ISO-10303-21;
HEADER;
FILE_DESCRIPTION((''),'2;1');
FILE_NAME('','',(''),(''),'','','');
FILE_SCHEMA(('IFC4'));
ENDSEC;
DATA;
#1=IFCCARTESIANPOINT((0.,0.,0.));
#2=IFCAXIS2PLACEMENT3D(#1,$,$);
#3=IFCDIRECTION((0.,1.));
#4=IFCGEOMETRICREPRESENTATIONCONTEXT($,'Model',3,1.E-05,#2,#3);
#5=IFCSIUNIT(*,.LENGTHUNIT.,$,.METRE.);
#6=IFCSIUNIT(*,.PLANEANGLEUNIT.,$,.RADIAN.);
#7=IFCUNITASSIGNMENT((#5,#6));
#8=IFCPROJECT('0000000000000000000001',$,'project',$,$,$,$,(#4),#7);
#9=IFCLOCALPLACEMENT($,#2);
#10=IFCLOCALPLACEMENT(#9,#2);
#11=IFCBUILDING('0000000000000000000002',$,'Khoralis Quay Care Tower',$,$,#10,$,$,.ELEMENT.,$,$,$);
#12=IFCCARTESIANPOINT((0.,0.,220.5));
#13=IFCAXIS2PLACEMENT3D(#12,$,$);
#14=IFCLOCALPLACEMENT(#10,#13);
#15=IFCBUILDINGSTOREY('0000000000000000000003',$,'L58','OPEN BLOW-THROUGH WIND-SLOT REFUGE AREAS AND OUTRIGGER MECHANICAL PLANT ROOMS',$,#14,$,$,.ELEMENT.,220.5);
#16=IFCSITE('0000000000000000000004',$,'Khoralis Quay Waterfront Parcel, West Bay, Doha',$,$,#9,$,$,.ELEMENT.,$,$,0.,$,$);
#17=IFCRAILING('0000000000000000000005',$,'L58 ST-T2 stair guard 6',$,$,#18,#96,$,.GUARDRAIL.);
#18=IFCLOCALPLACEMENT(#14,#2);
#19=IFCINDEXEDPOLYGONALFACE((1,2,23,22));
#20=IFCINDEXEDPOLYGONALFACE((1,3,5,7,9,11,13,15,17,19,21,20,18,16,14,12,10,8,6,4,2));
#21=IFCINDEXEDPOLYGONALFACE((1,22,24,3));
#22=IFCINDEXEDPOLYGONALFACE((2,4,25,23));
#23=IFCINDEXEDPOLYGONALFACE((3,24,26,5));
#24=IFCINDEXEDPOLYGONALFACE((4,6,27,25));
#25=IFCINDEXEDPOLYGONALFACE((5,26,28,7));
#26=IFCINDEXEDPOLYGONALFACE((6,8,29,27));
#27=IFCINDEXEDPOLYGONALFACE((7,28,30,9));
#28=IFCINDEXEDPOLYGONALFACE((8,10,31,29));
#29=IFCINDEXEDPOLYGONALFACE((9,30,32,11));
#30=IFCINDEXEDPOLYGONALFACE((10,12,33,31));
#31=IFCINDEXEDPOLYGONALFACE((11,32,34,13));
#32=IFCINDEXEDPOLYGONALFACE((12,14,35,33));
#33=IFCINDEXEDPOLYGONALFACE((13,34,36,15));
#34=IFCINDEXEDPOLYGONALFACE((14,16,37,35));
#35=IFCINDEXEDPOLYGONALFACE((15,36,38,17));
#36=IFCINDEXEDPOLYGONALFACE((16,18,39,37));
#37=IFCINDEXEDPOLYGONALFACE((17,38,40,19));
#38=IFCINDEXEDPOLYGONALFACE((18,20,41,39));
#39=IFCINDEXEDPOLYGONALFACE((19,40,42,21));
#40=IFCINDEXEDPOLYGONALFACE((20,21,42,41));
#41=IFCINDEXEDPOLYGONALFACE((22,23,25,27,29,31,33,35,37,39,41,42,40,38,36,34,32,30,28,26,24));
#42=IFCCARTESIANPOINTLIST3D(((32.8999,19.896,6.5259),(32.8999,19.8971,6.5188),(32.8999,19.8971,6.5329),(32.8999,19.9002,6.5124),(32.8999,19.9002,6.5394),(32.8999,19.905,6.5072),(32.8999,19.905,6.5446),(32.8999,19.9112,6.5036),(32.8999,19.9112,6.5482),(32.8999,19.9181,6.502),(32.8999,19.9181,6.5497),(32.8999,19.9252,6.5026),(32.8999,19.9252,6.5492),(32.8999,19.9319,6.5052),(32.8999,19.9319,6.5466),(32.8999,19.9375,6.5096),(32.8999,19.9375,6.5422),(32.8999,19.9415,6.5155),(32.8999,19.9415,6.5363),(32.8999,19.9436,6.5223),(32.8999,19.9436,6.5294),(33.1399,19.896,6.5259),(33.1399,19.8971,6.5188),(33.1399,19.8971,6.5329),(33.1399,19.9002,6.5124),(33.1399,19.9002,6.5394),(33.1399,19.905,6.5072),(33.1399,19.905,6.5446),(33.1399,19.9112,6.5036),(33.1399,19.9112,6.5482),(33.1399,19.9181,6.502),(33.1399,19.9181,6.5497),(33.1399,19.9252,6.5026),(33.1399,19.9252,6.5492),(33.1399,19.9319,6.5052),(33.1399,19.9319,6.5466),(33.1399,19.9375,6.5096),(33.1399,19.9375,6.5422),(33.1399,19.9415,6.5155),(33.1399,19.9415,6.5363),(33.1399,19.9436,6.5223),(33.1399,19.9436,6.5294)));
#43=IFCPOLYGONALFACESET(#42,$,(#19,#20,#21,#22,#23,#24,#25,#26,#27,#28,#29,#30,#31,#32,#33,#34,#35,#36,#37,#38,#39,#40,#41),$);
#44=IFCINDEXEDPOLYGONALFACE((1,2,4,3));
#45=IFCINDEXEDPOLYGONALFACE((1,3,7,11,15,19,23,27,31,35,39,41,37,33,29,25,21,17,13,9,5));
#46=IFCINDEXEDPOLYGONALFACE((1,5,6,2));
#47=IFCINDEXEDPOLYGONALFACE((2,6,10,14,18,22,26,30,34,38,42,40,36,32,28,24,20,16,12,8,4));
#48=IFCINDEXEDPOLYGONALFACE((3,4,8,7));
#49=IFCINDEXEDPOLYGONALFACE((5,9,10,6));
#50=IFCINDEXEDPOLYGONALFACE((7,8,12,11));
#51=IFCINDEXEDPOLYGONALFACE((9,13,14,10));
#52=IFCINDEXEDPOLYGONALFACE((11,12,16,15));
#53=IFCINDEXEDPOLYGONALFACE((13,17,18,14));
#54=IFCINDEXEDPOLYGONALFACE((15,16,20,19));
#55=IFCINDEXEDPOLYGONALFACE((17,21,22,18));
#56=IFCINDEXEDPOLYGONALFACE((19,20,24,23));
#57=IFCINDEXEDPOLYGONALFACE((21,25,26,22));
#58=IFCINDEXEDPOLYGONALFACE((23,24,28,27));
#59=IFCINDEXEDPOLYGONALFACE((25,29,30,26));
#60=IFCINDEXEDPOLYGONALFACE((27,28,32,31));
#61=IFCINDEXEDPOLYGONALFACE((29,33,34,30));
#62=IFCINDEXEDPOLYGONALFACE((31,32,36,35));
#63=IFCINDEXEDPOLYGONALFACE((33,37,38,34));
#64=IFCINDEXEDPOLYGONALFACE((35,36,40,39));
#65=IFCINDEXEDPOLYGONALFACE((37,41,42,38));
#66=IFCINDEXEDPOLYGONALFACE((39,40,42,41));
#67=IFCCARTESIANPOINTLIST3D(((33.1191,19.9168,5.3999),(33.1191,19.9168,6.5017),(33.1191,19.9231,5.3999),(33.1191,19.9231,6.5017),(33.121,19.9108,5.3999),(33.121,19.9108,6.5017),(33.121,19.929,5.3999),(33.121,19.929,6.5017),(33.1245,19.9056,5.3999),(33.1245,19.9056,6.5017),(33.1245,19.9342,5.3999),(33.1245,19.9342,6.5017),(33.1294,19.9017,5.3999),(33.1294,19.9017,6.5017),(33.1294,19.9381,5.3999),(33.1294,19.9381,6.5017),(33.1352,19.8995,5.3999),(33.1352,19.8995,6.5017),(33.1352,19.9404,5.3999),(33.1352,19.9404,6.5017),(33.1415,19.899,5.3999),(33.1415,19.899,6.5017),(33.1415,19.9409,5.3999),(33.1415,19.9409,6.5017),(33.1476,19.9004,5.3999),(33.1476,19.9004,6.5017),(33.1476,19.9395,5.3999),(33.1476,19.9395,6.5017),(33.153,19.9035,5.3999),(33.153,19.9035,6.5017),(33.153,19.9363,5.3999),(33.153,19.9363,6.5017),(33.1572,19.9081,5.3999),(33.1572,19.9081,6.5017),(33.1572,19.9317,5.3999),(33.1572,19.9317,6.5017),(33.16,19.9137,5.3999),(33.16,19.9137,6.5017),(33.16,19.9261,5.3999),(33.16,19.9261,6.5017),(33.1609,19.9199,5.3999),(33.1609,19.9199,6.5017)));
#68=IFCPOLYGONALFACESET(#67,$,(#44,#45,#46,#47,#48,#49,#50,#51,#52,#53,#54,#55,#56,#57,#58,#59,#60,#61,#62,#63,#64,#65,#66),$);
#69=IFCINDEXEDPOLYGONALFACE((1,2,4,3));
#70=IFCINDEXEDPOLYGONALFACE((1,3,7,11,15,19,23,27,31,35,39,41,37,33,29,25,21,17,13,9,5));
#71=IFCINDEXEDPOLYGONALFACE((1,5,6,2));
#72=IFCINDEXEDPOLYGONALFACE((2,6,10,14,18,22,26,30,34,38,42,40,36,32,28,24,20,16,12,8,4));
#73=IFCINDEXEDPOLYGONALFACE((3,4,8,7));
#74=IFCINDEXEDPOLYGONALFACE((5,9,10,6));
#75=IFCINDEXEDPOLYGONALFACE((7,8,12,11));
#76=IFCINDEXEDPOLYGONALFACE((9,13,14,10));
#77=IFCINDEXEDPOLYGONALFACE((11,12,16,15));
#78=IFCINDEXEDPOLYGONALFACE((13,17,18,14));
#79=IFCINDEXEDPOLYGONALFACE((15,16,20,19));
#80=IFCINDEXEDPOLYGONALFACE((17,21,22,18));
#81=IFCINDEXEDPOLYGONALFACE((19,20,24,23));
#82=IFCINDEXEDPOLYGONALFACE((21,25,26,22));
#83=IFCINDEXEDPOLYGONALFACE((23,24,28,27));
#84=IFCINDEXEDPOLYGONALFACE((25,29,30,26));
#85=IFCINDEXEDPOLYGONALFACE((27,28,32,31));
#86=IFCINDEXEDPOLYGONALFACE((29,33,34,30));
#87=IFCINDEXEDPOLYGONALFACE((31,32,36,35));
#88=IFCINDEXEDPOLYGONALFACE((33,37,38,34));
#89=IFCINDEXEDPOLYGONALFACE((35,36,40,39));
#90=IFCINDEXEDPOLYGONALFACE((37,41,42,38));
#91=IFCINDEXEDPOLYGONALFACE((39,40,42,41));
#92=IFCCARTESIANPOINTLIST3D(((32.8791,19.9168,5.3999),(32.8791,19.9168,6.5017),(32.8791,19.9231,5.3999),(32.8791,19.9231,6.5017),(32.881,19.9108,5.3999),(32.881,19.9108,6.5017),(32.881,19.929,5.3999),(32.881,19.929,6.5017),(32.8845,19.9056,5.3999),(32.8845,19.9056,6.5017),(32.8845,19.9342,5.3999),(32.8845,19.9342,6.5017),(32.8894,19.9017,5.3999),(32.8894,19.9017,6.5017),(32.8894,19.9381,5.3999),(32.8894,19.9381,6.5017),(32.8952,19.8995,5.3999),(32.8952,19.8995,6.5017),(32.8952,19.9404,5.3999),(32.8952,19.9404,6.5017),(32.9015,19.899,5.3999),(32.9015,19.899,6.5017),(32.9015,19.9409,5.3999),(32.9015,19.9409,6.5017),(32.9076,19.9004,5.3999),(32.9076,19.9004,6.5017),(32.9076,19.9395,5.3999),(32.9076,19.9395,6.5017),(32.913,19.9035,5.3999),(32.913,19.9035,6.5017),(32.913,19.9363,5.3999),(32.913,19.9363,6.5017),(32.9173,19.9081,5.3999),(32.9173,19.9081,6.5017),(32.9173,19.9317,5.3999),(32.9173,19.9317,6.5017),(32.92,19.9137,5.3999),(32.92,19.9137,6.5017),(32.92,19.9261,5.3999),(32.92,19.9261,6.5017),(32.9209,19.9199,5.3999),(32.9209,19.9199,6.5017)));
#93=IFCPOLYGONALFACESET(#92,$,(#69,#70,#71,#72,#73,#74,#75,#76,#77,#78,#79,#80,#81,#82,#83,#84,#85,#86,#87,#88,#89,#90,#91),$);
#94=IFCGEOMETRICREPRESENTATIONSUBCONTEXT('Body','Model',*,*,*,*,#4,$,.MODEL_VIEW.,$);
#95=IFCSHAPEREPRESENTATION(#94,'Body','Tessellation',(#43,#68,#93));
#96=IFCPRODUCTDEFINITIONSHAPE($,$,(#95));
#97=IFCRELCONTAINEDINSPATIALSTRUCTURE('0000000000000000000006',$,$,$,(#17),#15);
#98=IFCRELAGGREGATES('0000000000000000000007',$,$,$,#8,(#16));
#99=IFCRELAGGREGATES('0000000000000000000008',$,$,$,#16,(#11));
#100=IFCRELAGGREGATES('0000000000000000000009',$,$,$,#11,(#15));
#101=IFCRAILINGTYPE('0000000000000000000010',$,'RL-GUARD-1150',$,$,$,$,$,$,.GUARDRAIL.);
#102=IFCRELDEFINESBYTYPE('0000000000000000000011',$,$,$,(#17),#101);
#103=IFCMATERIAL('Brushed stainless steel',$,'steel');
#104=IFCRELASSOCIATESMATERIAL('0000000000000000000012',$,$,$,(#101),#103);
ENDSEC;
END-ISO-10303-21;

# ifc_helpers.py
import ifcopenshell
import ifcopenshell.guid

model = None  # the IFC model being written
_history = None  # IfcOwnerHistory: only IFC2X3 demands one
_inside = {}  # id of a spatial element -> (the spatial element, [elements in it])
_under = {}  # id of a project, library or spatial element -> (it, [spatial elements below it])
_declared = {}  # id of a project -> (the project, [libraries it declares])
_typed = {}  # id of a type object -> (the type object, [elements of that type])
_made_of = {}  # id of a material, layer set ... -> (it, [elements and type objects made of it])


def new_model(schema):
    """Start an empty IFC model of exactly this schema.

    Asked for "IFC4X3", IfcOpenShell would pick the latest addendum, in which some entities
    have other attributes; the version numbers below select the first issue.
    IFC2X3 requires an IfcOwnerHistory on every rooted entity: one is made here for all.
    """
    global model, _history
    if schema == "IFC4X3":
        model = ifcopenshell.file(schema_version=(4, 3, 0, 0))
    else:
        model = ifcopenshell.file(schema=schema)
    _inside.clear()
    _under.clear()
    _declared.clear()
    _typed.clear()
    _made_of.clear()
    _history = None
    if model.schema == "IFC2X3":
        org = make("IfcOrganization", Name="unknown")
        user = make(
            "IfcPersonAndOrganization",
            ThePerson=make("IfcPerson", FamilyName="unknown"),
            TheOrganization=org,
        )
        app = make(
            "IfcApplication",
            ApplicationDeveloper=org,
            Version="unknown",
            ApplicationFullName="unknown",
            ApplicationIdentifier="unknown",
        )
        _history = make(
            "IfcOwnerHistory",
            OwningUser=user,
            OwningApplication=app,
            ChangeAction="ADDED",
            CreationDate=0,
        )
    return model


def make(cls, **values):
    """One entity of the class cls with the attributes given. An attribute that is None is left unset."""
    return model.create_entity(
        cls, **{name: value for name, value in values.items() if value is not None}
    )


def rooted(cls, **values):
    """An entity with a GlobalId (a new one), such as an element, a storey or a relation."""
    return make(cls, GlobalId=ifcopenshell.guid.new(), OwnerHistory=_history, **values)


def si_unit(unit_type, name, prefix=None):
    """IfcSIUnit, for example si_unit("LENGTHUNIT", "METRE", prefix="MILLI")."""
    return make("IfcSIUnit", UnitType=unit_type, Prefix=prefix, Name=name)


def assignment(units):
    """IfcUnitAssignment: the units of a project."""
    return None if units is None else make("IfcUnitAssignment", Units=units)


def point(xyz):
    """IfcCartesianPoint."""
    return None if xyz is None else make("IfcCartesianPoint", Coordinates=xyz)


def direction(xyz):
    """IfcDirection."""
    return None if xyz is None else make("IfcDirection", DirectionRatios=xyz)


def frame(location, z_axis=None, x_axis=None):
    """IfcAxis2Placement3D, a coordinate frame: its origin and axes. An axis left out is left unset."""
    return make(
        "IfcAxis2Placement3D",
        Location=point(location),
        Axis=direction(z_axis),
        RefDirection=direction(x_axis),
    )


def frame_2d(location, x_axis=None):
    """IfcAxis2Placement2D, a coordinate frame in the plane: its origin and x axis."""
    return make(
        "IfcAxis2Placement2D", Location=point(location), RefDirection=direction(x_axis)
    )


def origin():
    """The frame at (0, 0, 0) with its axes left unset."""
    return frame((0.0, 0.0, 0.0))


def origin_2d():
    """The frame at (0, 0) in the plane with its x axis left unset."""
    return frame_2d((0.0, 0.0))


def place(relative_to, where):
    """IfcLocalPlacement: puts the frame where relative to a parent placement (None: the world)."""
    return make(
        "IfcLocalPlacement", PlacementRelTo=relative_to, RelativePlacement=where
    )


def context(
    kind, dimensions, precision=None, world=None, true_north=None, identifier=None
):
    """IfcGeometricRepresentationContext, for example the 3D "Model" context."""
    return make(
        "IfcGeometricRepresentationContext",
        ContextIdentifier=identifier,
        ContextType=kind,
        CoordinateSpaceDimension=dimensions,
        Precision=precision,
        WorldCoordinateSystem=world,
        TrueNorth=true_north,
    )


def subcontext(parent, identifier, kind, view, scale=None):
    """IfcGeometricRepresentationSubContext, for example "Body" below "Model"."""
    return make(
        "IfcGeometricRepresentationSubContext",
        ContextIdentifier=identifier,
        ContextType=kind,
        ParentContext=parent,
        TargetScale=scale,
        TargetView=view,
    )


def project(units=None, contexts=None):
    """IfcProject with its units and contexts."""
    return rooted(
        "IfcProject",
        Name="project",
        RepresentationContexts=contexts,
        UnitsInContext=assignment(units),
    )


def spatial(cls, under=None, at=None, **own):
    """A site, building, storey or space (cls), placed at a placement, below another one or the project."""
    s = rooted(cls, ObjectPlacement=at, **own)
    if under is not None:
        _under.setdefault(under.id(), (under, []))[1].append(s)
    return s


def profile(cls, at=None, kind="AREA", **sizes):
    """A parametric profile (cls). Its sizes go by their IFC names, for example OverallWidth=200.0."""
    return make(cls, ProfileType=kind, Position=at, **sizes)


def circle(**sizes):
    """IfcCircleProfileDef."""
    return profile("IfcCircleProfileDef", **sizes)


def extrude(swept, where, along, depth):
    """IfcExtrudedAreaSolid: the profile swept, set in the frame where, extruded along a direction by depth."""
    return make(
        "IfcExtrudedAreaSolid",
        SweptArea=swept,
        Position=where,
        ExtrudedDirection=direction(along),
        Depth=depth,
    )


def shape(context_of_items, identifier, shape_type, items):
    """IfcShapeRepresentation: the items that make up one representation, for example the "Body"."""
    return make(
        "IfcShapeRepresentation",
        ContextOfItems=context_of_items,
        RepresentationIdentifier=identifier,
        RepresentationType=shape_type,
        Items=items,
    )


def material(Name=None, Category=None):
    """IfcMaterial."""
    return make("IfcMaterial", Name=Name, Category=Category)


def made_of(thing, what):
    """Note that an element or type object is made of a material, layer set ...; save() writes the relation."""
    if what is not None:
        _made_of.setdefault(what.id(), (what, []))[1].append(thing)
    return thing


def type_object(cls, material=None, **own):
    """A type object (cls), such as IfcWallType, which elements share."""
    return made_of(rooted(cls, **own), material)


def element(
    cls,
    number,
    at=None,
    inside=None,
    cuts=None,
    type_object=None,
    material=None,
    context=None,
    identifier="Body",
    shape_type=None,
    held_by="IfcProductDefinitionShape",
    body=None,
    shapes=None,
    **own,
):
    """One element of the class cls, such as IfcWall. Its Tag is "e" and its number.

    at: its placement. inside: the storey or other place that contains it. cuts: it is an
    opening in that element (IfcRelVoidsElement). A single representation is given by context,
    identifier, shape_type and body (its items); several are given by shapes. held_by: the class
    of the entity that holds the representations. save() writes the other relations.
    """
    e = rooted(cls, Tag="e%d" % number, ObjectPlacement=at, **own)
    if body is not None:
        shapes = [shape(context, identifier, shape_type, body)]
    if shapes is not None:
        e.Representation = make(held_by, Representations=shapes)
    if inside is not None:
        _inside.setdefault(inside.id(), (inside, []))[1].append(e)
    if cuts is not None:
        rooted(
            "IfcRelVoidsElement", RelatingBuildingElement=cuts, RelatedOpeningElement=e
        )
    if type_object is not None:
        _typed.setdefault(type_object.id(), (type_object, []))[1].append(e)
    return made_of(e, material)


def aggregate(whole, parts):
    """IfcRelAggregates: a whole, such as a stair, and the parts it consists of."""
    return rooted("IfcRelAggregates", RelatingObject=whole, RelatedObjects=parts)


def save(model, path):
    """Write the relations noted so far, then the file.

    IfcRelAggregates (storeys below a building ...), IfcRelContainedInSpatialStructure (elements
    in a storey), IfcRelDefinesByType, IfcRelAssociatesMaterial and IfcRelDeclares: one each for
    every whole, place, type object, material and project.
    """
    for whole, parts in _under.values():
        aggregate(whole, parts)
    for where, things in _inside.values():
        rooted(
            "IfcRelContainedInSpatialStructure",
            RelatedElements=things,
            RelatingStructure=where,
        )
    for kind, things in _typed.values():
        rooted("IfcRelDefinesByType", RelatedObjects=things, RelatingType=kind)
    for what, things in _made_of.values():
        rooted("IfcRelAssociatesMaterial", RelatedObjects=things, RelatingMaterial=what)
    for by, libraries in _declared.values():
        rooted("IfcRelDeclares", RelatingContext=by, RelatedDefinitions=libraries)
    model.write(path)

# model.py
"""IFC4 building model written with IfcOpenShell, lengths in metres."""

from ifc_helpers import new_model, si_unit, direction, frame, origin, origin_2d, place, context, subcontext, project, spatial, circle, extrude, material, type_object, element, save


model = new_model("IFC4")

# Units and contexts
model_context = context("Model", 3, precision=1e-05, world=origin(), true_north=direction((0.0, 1.0)))
body_context = subcontext(model_context, "Body", "Model", "MODEL_VIEW")
ifc_project = project(units=[si_unit("LENGTHUNIT", "METRE"), si_unit("PLANEANGLEUNIT", "RADIAN")], contexts=[model_context])

# Site, building, storey
site_placement = place(None, origin())
site = spatial("IfcSite", under=ifc_project, at=site_placement, Name="Khoralis Quay Waterfront Parcel, West Bay, Doha", CompositionType="ELEMENT", RefElevation=0.0)
building_placement = place(site_placement, origin())
building = spatial("IfcBuilding", under=site, at=building_placement, Name="Khoralis Quay Care Tower", CompositionType="ELEMENT")
storey_placement = place(building_placement, frame((0.0, 0.0, 220.5)))
storey = spatial("IfcBuildingStorey", under=building, at=storey_placement, Name="L58", Description="OPEN BLOW-THROUGH WIND-SLOT REFUGE AREAS AND OUTRIGGER MECHANICAL PLANT ROOMS", CompositionType="ELEMENT", Elevation=220.5)

# Shared definitions
ifc_material_1 = material(Name="Brushed stainless steel", Category="steel")

# Railing
railing_type_1 = type_object("IfcRailingType", Name="RL-GUARD-1150", PredefinedType="GUARDRAIL", material=ifc_material_1)
railing_1_placement = place(storey_placement, frame((33.1399, 19.9199, 5.3999)))
element("IfcRailing", 1, at=railing_1_placement, inside=storey, type_object=railing_type_1, Name="L58 ST-T2 stair guard 6", PredefinedType="GUARDRAIL", context=body_context, shape_type="SweptSolid", body=[
    extrude(circle(Radius=0.0239, at=origin_2d()), frame((0.0, 0.0, 1.126), z_axis=(-1.0, 0.0, 0.0), x_axis=(0.0, -1.0, 0.0)), (0.0, 0.0, 1.0), 0.24),
    extrude(circle(Radius=0.021, at=origin_2d()), origin(), (0.0, 0.0, 1.0), 1.1018),
    extrude(circle(Radius=0.021, at=origin_2d()), frame((-0.24, 0.0, 0.0)), (0.0, 0.0, 1.0), 1.1018),
])

save(model, "model.ifc")
